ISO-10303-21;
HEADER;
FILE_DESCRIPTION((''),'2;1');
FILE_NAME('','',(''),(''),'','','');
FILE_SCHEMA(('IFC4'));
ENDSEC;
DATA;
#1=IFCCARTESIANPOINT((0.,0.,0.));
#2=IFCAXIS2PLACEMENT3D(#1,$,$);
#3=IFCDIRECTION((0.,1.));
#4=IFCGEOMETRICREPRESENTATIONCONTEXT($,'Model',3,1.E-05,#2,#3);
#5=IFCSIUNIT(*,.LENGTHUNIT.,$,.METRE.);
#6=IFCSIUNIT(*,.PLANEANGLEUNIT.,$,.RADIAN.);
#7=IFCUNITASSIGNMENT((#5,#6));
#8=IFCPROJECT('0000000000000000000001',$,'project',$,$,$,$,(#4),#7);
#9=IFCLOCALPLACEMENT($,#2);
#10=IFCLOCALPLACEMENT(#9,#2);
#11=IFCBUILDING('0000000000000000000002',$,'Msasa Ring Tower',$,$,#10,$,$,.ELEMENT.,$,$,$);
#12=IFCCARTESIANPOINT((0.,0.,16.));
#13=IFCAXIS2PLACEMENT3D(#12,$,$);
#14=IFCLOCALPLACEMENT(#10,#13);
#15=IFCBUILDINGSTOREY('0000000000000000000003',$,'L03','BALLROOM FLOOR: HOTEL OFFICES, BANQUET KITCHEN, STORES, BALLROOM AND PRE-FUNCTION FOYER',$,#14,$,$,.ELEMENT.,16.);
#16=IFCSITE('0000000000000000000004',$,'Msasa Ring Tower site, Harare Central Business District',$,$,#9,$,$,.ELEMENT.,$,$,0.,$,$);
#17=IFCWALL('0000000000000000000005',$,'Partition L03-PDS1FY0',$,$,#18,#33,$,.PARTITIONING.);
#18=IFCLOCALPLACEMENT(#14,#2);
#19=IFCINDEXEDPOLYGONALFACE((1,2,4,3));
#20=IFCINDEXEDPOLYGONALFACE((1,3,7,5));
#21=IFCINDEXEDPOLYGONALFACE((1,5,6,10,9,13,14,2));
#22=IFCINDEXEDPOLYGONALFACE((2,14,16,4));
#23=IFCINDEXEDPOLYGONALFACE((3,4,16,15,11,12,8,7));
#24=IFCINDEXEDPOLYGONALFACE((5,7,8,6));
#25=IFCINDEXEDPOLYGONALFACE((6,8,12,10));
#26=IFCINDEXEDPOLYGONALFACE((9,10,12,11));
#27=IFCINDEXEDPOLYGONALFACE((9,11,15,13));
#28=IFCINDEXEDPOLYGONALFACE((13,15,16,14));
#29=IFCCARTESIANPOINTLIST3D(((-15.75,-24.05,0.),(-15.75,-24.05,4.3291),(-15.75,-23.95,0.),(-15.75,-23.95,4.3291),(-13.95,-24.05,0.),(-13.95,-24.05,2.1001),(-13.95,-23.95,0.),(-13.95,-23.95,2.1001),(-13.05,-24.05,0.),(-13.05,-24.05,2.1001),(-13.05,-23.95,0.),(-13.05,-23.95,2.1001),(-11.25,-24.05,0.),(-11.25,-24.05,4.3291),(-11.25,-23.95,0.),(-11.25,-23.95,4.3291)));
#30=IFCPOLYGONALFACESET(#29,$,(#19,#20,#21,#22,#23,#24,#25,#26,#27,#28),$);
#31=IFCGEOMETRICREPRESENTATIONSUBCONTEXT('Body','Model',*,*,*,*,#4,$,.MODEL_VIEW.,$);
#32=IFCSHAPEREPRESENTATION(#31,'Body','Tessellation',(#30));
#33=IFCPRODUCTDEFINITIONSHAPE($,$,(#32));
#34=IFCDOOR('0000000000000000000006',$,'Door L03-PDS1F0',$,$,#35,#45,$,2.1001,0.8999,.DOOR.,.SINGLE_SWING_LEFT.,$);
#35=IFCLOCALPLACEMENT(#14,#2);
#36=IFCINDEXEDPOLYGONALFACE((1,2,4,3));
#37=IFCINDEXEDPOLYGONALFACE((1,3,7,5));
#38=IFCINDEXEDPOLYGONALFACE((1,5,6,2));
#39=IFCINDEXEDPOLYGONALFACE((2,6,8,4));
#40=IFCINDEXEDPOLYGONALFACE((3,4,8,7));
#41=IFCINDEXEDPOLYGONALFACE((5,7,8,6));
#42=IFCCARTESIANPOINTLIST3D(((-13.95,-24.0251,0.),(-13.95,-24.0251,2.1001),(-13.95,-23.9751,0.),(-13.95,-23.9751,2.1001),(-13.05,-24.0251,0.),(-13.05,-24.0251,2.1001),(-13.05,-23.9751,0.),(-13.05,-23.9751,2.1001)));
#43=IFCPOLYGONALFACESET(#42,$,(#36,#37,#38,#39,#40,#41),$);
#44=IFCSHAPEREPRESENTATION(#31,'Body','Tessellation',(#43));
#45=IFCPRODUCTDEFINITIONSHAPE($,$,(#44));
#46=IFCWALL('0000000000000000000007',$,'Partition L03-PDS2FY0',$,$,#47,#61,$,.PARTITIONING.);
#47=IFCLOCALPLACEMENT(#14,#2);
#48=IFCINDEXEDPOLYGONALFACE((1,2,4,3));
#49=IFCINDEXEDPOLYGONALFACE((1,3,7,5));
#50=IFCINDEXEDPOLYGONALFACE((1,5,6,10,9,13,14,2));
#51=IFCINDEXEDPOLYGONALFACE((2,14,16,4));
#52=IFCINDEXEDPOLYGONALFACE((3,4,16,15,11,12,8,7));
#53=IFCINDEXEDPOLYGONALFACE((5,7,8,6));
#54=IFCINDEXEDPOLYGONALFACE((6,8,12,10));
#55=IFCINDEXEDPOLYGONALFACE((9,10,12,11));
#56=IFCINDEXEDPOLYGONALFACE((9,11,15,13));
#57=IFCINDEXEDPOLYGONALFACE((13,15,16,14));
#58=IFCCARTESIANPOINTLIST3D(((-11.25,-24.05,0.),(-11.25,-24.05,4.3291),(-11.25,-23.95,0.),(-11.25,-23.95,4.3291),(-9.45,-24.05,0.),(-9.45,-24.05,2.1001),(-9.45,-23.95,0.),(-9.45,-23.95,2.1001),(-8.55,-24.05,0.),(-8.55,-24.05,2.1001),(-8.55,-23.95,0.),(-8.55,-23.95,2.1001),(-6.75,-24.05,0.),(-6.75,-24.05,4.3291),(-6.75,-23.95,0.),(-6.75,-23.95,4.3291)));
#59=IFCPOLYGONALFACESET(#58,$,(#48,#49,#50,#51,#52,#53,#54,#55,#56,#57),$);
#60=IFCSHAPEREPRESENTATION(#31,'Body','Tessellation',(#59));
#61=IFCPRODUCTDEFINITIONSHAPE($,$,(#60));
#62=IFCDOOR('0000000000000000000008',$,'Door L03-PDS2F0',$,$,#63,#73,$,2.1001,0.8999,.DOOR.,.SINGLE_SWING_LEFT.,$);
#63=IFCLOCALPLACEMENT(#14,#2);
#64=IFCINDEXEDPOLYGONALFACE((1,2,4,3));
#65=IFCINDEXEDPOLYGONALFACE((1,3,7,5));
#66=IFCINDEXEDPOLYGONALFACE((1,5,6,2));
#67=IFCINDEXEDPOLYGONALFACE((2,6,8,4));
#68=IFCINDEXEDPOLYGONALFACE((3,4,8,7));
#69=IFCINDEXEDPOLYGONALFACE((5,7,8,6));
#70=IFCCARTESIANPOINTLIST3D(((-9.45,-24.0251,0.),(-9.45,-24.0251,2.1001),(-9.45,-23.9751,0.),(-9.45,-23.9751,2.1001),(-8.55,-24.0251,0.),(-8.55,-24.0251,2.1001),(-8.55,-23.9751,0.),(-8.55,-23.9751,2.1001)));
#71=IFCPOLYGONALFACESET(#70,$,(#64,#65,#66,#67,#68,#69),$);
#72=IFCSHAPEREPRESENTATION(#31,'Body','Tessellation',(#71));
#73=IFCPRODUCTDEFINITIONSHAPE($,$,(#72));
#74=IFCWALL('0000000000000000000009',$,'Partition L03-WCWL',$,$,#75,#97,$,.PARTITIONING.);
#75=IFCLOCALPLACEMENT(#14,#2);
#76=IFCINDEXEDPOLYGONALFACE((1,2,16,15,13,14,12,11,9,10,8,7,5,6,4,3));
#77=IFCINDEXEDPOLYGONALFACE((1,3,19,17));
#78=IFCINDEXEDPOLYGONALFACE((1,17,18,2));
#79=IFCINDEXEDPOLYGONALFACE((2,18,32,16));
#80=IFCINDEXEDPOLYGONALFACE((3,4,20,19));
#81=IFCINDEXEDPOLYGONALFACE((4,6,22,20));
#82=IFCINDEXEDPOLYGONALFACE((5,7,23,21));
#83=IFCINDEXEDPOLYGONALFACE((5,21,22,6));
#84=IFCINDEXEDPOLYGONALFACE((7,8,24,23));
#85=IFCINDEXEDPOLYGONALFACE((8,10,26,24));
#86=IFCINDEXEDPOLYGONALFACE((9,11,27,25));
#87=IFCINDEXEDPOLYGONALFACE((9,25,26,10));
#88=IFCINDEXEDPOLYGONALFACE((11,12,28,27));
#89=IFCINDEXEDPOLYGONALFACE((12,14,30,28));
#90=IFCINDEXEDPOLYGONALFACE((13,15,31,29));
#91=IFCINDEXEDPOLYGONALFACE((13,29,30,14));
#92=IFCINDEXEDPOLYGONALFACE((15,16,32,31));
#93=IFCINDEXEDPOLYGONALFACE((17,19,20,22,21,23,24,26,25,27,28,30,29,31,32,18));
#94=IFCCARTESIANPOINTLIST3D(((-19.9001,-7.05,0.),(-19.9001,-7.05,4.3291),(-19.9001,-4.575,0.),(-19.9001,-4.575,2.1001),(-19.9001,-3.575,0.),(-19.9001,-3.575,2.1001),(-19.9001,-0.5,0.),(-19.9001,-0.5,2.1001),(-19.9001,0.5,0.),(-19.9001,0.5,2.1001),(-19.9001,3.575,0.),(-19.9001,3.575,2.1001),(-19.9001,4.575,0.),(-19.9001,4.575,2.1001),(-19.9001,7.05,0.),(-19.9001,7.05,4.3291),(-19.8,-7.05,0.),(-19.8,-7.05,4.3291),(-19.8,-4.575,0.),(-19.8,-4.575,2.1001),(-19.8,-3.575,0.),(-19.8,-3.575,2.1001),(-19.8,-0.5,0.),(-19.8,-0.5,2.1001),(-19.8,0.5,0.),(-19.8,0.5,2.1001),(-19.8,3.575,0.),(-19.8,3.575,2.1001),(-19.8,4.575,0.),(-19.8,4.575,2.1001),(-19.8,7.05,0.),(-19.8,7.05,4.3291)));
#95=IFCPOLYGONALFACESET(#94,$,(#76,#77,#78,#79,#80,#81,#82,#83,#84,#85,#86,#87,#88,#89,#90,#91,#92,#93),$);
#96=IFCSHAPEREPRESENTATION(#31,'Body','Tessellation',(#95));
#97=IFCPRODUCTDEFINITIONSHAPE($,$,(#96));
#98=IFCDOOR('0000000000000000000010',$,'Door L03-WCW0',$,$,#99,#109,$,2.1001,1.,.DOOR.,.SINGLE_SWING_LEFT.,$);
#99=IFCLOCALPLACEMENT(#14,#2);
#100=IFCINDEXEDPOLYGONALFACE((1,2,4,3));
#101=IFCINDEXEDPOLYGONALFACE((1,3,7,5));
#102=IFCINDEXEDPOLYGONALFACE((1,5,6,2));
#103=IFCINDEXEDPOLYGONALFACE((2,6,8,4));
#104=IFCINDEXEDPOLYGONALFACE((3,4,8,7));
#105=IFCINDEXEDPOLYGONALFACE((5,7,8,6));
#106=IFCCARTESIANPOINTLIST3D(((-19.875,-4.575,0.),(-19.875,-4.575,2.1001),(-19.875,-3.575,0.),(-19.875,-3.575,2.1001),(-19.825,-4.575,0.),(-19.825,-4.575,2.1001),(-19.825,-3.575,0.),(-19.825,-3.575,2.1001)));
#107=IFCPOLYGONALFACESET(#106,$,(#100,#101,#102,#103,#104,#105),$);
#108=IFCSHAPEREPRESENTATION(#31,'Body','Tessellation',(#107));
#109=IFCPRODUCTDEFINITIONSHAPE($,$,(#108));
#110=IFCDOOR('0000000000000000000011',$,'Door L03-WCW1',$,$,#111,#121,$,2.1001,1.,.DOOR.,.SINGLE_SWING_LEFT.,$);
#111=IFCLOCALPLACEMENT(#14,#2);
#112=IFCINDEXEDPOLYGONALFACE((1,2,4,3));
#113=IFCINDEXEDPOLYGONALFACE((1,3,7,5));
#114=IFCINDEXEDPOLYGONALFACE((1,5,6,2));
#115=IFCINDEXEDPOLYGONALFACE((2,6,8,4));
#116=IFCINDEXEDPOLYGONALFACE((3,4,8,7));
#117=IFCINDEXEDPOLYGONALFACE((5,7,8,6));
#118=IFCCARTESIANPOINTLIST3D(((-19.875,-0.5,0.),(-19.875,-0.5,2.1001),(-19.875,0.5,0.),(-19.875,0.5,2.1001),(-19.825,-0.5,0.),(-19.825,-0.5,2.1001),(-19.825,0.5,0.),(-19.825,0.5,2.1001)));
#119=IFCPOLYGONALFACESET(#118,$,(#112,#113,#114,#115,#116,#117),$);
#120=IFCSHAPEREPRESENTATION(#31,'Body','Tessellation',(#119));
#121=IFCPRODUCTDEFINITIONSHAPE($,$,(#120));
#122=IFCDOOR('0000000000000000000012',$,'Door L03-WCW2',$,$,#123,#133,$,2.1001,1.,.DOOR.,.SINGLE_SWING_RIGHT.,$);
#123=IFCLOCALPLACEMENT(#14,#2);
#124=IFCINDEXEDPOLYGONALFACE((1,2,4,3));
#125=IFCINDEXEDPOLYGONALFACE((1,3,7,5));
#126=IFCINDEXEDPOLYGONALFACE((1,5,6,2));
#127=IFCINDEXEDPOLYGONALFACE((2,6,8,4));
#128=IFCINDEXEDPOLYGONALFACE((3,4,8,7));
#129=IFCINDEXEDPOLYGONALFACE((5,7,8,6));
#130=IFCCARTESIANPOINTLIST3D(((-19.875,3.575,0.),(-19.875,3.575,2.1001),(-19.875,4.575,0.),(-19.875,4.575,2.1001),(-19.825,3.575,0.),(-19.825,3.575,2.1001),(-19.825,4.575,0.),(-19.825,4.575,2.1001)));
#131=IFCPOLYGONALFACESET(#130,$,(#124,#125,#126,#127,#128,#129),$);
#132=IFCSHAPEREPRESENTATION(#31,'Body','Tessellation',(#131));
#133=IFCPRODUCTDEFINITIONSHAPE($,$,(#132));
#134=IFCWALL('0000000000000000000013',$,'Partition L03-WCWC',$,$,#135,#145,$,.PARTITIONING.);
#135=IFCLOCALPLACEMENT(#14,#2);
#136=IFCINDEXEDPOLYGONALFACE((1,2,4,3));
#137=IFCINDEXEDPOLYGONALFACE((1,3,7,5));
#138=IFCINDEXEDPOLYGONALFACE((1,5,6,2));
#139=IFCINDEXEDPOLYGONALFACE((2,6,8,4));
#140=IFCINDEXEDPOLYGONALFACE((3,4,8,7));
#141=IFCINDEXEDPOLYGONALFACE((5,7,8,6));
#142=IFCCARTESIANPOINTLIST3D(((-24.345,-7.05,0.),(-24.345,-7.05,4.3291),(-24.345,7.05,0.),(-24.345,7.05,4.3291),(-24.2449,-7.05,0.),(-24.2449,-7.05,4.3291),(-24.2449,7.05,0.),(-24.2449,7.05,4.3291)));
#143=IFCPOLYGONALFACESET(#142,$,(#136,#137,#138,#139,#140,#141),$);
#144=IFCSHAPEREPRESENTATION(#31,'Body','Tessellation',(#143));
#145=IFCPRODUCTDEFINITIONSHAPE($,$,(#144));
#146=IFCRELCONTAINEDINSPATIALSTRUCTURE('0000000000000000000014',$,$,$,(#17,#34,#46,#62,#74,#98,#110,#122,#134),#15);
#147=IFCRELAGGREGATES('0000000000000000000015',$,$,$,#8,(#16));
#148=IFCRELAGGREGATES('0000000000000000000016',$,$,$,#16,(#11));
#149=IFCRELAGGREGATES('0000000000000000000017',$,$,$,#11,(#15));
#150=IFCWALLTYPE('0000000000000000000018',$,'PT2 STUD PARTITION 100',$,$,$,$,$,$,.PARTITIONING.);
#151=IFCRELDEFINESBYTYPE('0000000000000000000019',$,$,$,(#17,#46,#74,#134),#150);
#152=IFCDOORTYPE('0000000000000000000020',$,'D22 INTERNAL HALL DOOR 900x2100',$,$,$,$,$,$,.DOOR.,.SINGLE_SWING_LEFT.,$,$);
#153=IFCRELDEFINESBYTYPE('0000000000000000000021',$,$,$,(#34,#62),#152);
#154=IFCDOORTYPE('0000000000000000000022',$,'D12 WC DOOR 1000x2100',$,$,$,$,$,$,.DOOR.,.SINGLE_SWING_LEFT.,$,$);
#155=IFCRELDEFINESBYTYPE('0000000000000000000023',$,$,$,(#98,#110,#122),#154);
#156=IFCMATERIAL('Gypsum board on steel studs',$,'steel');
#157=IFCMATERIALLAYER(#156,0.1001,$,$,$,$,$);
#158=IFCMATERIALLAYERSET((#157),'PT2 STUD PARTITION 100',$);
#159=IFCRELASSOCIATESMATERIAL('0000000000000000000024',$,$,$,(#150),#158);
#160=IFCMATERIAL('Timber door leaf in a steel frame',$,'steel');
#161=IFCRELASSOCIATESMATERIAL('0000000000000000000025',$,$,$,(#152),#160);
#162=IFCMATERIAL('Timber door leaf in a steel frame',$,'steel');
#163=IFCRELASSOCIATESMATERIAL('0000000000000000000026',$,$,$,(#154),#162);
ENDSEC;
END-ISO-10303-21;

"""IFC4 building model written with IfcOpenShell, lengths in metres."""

from ifc_helpers import new_model, si_unit, direction, frame, frame_2d, origin, place, context, subcontext, project, spatial, rectangle, extrude, material, layer, layer_set, type_object, element, fill, save


model = new_model("IFC4")

# Units and contexts
model_context = context("Model", 3, precision=1e-05, world=origin(), true_north=direction((0.0, 1.0)))
body_context = subcontext(model_context, "Body", "Model", "MODEL_VIEW")
ifc_project = project(units=[si_unit("LENGTHUNIT", "METRE"), si_unit("PLANEANGLEUNIT", "RADIAN")], contexts=[model_context])

# Site, building, storey
site_placement = place(None, origin())
site = spatial("IfcSite", under=ifc_project, at=site_placement, Name="Msasa Ring Tower site, Harare Central Business District", CompositionType="ELEMENT", RefElevation=0.0)
building_placement = place(site_placement, origin())
building = spatial("IfcBuilding", under=site, at=building_placement, Name="Msasa Ring Tower", CompositionType="ELEMENT")
storey_placement = place(building_placement, frame((0.0, 0.0, 16.0)))
storey = spatial("IfcBuildingStorey", under=building, at=storey_placement, Name="L03", Description="BALLROOM FLOOR: HOTEL OFFICES, BANQUET KITCHEN, STORES, BALLROOM AND PRE-FUNCTION FOYER", CompositionType="ELEMENT", Elevation=16.0)

# Shared definitions
ifc_material_1 = material(Name="Gypsum board on steel studs", Category="steel")
ifc_layer_1 = layer(ifc_material_1, 0.1001)
ifc_layer_set_1 = layer_set([ifc_layer_1], Name="PT2 STUD PARTITION 100")
wall_type_1 = type_object("IfcWallType", Name="PT2 STUD PARTITION 100", PredefinedType="PARTITIONING", material=ifc_layer_set_1)
ifc_material_2 = material(Name="Timber door leaf in a steel frame", Category="steel")
door_type_1 = type_object("IfcDoorType", Name="D22 INTERNAL HALL DOOR 900x2100", OperationType="SINGLE_SWING_LEFT", PredefinedType="DOOR", material=ifc_material_2)

# Walls, openings, doors
wall_1_placement = place(storey_placement, frame((-15.75, -24.0, 0.0), z_axis=(0.0, 0.0, 1.0), x_axis=(1.0, 0.0, 0.0)))
wall_1 = element("IfcWall", 1, at=wall_1_placement, inside=storey, type_object=wall_type_1, Name="Partition L03-PDS1FY0", PredefinedType="PARTITIONING", context=body_context, shape_type="SweptSolid", body=[
    extrude(rectangle(XDim=4.5, YDim=0.1001, at=frame_2d((2.25, 0.0))), origin(), (0.0, 0.0, 1.0), 4.3291),
])
opening_1_placement = place(wall_1_placement, frame((1.8, 0.0, 0.0)))
opening_1 = element("IfcOpeningElement", 2, at=opening_1_placement, cuts=wall_1, PredefinedType="OPENING", context=body_context, shape_type="SweptSolid", body=[
    extrude(rectangle(XDim=0.8999, YDim=2.1001, at=frame_2d((0.45, 1.05))), frame((0.0, 0.0601, 0.0), z_axis=(0.0, -1.0, 0.0), x_axis=(1.0, 0.0, 0.0)), (0.0, 0.0, 1.0), 0.1201),
])
door_1_placement = place(opening_1_placement, origin())
door_1 = element("IfcDoor", 3, at=door_1_placement, inside=storey, type_object=door_type_1, Name="Door L03-PDS1F0", OperationType="SINGLE_SWING_LEFT", OverallHeight=2.1001, OverallWidth=0.8999, PredefinedType="DOOR", context=body_context, shape_type="SweptSolid", body=[
    extrude(rectangle(XDim=0.8999, YDim=2.1001, at=frame_2d((0.45, 1.05))), frame((0.0, 0.0249, 0.0), z_axis=(0.0, -1.0, 0.0), x_axis=(1.0, 0.0, 0.0)), (0.0, 0.0, 1.0), 0.05),
])
fill(opening_1, door_1)
wall_2_placement = place(storey_placement, frame((-11.25, -24.0, 0.0), z_axis=(0.0, 0.0, 1.0), x_axis=(1.0, 0.0, 0.0)))
wall_2 = element("IfcWall", 4, at=wall_2_placement, inside=storey, type_object=wall_type_1, Name="Partition L03-PDS2FY0", PredefinedType="PARTITIONING", context=body_context, shape_type="SweptSolid", body=[
    extrude(rectangle(XDim=4.5, YDim=0.1001, at=frame_2d((2.25, 0.0))), origin(), (0.0, 0.0, 1.0), 4.3291),
])
opening_2_placement = place(wall_2_placement, frame((1.8, 0.0, 0.0)))
opening_2 = element("IfcOpeningElement", 5, at=opening_2_placement, cuts=wall_2, PredefinedType="OPENING", context=body_context, shape_type="SweptSolid", body=[
    extrude(rectangle(XDim=0.8999, YDim=2.1001, at=frame_2d((0.45, 1.05))), frame((0.0, 0.0601, 0.0), z_axis=(0.0, -1.0, 0.0), x_axis=(1.0, 0.0, 0.0)), (0.0, 0.0, 1.0), 0.1201),
])
door_2_placement = place(opening_2_placement, origin())
door_2 = element("IfcDoor", 6, at=door_2_placement, inside=storey, type_object=door_type_1, Name="Door L03-PDS2F0", OperationType="SINGLE_SWING_LEFT", OverallHeight=2.1001, OverallWidth=0.8999, PredefinedType="DOOR", context=body_context, shape_type="SweptSolid", body=[
    extrude(rectangle(XDim=0.8999, YDim=2.1001, at=frame_2d((0.45, 1.05))), frame((0.0, 0.0249, 0.0), z_axis=(0.0, -1.0, 0.0), x_axis=(1.0, 0.0, 0.0)), (0.0, 0.0, 1.0), 0.05),
])
fill(opening_2, door_2)

# Wall, openings, doors
wall_3_placement = place(storey_placement, frame((-19.8501, -7.05, 0.0), z_axis=(0.0, 0.0, 1.0), x_axis=(0.0, 1.0, 0.0)))
wall_3 = element("IfcWall", 7, at=wall_3_placement, inside=storey, type_object=wall_type_1, Name="Partition L03-WCWL", PredefinedType="PARTITIONING", context=body_context, shape_type="SweptSolid", body=[
    extrude(rectangle(XDim=14.1001, YDim=0.1001, at=frame_2d((7.05, 0.0))), origin(), (0.0, 0.0, 1.0), 4.3291),
])
opening_3_placement = place(wall_3_placement, frame((2.4751, 0.0, 0.0)))
opening_3 = element("IfcOpeningElement", 8, at=opening_3_placement, cuts=wall_3, PredefinedType="OPENING", context=body_context, shape_type="SweptSolid", body=[
    extrude(rectangle(XDim=1.0, YDim=2.1001, at=frame_2d((0.5, 1.05))), frame((0.0, 0.0601, 0.0), z_axis=(0.0, -1.0, 0.0), x_axis=(1.0, 0.0, 0.0)), (0.0, 0.0, 1.0), 0.1201),
])
opening_4_placement = place(wall_3_placement, frame((6.55, 0.0, 0.0)))
opening_4 = element("IfcOpeningElement", 9, at=opening_4_placement, cuts=wall_3, PredefinedType="OPENING", context=body_context, shape_type="SweptSolid", body=[
    extrude(rectangle(XDim=1.0, YDim=2.1001, at=frame_2d((0.5, 1.05))), frame((0.0, 0.0601, 0.0), z_axis=(0.0, -1.0, 0.0), x_axis=(1.0, 0.0, 0.0)), (0.0, 0.0, 1.0), 0.1201),
])
opening_5_placement = place(wall_3_placement, frame((10.625, 0.0, 0.0)))
opening_5 = element("IfcOpeningElement", 10, at=opening_5_placement, cuts=wall_3, PredefinedType="OPENING", context=body_context, shape_type="SweptSolid", body=[
    extrude(rectangle(XDim=1.0, YDim=2.1001, at=frame_2d((0.5, 1.05))), frame((0.0, 0.0601, 0.0), z_axis=(0.0, -1.0, 0.0), x_axis=(1.0, 0.0, 0.0)), (0.0, 0.0, 1.0), 0.1201),
])
ifc_material_3 = material(Name="Timber door leaf in a steel frame", Category="steel")
door_type_2 = type_object("IfcDoorType", Name="D12 WC DOOR 1000x2100", OperationType="SINGLE_SWING_LEFT", PredefinedType="DOOR", material=ifc_material_3)
door_3_placement = place(opening_3_placement, origin())
door_3 = element("IfcDoor", 11, at=door_3_placement, inside=storey, type_object=door_type_2, Name="Door L03-WCW0", OperationType="SINGLE_SWING_LEFT", OverallHeight=2.1001, OverallWidth=1.0, PredefinedType="DOOR", context=body_context, shape_type="SweptSolid", body=[
    extrude(rectangle(XDim=1.0, YDim=2.1001, at=frame_2d((0.5, 1.05))), frame((0.0, 0.0249, 0.0), z_axis=(0.0, -1.0, 0.0), x_axis=(1.0, 0.0, 0.0)), (0.0, 0.0, 1.0), 0.05),
])
fill(opening_3, door_3)
door_4_placement = place(opening_4_placement, origin())
door_4 = element("IfcDoor", 12, at=door_4_placement, inside=storey, type_object=door_type_2, Name="Door L03-WCW1", OperationType="SINGLE_SWING_LEFT", OverallHeight=2.1001, OverallWidth=1.0, PredefinedType="DOOR", context=body_context, shape_type="SweptSolid", body=[
    extrude(rectangle(XDim=1.0, YDim=2.1001, at=frame_2d((0.5, 1.05))), frame((0.0, 0.0249, 0.0), z_axis=(0.0, -1.0, 0.0), x_axis=(1.0, 0.0, 0.0)), (0.0, 0.0, 1.0), 0.05),
])
fill(opening_4, door_4)
door_5_placement = place(opening_5_placement, origin())
door_5 = element("IfcDoor", 13, at=door_5_placement, inside=storey, type_object=door_type_2, Name="Door L03-WCW2", OperationType="SINGLE_SWING_RIGHT", OverallHeight=2.1001, OverallWidth=1.0, PredefinedType="DOOR", context=body_context, shape_type="SweptSolid", body=[
    extrude(rectangle(XDim=1.0, YDim=2.1001, at=frame_2d((0.5, 1.05))), frame((0.0, 0.0249, 0.0), z_axis=(0.0, -1.0, 0.0), x_axis=(1.0, 0.0, 0.0)), (0.0, 0.0, 1.0), 0.05),
])
fill(opening_5, door_5)

# Wall
wall_4_placement = place(storey_placement, frame((-24.2949, -7.05, 0.0), z_axis=(0.0, 0.0, 1.0), x_axis=(0.0, 1.0, 0.0)))
element("IfcWall", 14, at=wall_4_placement, inside=storey, type_object=wall_type_1, Name="Partition L03-WCWC", PredefinedType="PARTITIONING", context=body_context, shape_type="SweptSolid", body=[
    extrude(rectangle(XDim=14.1001, YDim=0.1001, at=frame_2d((7.05, 0.0))), origin(), (0.0, 0.0, 1.0), 4.3291),
])

save(model, "model.ifc")
